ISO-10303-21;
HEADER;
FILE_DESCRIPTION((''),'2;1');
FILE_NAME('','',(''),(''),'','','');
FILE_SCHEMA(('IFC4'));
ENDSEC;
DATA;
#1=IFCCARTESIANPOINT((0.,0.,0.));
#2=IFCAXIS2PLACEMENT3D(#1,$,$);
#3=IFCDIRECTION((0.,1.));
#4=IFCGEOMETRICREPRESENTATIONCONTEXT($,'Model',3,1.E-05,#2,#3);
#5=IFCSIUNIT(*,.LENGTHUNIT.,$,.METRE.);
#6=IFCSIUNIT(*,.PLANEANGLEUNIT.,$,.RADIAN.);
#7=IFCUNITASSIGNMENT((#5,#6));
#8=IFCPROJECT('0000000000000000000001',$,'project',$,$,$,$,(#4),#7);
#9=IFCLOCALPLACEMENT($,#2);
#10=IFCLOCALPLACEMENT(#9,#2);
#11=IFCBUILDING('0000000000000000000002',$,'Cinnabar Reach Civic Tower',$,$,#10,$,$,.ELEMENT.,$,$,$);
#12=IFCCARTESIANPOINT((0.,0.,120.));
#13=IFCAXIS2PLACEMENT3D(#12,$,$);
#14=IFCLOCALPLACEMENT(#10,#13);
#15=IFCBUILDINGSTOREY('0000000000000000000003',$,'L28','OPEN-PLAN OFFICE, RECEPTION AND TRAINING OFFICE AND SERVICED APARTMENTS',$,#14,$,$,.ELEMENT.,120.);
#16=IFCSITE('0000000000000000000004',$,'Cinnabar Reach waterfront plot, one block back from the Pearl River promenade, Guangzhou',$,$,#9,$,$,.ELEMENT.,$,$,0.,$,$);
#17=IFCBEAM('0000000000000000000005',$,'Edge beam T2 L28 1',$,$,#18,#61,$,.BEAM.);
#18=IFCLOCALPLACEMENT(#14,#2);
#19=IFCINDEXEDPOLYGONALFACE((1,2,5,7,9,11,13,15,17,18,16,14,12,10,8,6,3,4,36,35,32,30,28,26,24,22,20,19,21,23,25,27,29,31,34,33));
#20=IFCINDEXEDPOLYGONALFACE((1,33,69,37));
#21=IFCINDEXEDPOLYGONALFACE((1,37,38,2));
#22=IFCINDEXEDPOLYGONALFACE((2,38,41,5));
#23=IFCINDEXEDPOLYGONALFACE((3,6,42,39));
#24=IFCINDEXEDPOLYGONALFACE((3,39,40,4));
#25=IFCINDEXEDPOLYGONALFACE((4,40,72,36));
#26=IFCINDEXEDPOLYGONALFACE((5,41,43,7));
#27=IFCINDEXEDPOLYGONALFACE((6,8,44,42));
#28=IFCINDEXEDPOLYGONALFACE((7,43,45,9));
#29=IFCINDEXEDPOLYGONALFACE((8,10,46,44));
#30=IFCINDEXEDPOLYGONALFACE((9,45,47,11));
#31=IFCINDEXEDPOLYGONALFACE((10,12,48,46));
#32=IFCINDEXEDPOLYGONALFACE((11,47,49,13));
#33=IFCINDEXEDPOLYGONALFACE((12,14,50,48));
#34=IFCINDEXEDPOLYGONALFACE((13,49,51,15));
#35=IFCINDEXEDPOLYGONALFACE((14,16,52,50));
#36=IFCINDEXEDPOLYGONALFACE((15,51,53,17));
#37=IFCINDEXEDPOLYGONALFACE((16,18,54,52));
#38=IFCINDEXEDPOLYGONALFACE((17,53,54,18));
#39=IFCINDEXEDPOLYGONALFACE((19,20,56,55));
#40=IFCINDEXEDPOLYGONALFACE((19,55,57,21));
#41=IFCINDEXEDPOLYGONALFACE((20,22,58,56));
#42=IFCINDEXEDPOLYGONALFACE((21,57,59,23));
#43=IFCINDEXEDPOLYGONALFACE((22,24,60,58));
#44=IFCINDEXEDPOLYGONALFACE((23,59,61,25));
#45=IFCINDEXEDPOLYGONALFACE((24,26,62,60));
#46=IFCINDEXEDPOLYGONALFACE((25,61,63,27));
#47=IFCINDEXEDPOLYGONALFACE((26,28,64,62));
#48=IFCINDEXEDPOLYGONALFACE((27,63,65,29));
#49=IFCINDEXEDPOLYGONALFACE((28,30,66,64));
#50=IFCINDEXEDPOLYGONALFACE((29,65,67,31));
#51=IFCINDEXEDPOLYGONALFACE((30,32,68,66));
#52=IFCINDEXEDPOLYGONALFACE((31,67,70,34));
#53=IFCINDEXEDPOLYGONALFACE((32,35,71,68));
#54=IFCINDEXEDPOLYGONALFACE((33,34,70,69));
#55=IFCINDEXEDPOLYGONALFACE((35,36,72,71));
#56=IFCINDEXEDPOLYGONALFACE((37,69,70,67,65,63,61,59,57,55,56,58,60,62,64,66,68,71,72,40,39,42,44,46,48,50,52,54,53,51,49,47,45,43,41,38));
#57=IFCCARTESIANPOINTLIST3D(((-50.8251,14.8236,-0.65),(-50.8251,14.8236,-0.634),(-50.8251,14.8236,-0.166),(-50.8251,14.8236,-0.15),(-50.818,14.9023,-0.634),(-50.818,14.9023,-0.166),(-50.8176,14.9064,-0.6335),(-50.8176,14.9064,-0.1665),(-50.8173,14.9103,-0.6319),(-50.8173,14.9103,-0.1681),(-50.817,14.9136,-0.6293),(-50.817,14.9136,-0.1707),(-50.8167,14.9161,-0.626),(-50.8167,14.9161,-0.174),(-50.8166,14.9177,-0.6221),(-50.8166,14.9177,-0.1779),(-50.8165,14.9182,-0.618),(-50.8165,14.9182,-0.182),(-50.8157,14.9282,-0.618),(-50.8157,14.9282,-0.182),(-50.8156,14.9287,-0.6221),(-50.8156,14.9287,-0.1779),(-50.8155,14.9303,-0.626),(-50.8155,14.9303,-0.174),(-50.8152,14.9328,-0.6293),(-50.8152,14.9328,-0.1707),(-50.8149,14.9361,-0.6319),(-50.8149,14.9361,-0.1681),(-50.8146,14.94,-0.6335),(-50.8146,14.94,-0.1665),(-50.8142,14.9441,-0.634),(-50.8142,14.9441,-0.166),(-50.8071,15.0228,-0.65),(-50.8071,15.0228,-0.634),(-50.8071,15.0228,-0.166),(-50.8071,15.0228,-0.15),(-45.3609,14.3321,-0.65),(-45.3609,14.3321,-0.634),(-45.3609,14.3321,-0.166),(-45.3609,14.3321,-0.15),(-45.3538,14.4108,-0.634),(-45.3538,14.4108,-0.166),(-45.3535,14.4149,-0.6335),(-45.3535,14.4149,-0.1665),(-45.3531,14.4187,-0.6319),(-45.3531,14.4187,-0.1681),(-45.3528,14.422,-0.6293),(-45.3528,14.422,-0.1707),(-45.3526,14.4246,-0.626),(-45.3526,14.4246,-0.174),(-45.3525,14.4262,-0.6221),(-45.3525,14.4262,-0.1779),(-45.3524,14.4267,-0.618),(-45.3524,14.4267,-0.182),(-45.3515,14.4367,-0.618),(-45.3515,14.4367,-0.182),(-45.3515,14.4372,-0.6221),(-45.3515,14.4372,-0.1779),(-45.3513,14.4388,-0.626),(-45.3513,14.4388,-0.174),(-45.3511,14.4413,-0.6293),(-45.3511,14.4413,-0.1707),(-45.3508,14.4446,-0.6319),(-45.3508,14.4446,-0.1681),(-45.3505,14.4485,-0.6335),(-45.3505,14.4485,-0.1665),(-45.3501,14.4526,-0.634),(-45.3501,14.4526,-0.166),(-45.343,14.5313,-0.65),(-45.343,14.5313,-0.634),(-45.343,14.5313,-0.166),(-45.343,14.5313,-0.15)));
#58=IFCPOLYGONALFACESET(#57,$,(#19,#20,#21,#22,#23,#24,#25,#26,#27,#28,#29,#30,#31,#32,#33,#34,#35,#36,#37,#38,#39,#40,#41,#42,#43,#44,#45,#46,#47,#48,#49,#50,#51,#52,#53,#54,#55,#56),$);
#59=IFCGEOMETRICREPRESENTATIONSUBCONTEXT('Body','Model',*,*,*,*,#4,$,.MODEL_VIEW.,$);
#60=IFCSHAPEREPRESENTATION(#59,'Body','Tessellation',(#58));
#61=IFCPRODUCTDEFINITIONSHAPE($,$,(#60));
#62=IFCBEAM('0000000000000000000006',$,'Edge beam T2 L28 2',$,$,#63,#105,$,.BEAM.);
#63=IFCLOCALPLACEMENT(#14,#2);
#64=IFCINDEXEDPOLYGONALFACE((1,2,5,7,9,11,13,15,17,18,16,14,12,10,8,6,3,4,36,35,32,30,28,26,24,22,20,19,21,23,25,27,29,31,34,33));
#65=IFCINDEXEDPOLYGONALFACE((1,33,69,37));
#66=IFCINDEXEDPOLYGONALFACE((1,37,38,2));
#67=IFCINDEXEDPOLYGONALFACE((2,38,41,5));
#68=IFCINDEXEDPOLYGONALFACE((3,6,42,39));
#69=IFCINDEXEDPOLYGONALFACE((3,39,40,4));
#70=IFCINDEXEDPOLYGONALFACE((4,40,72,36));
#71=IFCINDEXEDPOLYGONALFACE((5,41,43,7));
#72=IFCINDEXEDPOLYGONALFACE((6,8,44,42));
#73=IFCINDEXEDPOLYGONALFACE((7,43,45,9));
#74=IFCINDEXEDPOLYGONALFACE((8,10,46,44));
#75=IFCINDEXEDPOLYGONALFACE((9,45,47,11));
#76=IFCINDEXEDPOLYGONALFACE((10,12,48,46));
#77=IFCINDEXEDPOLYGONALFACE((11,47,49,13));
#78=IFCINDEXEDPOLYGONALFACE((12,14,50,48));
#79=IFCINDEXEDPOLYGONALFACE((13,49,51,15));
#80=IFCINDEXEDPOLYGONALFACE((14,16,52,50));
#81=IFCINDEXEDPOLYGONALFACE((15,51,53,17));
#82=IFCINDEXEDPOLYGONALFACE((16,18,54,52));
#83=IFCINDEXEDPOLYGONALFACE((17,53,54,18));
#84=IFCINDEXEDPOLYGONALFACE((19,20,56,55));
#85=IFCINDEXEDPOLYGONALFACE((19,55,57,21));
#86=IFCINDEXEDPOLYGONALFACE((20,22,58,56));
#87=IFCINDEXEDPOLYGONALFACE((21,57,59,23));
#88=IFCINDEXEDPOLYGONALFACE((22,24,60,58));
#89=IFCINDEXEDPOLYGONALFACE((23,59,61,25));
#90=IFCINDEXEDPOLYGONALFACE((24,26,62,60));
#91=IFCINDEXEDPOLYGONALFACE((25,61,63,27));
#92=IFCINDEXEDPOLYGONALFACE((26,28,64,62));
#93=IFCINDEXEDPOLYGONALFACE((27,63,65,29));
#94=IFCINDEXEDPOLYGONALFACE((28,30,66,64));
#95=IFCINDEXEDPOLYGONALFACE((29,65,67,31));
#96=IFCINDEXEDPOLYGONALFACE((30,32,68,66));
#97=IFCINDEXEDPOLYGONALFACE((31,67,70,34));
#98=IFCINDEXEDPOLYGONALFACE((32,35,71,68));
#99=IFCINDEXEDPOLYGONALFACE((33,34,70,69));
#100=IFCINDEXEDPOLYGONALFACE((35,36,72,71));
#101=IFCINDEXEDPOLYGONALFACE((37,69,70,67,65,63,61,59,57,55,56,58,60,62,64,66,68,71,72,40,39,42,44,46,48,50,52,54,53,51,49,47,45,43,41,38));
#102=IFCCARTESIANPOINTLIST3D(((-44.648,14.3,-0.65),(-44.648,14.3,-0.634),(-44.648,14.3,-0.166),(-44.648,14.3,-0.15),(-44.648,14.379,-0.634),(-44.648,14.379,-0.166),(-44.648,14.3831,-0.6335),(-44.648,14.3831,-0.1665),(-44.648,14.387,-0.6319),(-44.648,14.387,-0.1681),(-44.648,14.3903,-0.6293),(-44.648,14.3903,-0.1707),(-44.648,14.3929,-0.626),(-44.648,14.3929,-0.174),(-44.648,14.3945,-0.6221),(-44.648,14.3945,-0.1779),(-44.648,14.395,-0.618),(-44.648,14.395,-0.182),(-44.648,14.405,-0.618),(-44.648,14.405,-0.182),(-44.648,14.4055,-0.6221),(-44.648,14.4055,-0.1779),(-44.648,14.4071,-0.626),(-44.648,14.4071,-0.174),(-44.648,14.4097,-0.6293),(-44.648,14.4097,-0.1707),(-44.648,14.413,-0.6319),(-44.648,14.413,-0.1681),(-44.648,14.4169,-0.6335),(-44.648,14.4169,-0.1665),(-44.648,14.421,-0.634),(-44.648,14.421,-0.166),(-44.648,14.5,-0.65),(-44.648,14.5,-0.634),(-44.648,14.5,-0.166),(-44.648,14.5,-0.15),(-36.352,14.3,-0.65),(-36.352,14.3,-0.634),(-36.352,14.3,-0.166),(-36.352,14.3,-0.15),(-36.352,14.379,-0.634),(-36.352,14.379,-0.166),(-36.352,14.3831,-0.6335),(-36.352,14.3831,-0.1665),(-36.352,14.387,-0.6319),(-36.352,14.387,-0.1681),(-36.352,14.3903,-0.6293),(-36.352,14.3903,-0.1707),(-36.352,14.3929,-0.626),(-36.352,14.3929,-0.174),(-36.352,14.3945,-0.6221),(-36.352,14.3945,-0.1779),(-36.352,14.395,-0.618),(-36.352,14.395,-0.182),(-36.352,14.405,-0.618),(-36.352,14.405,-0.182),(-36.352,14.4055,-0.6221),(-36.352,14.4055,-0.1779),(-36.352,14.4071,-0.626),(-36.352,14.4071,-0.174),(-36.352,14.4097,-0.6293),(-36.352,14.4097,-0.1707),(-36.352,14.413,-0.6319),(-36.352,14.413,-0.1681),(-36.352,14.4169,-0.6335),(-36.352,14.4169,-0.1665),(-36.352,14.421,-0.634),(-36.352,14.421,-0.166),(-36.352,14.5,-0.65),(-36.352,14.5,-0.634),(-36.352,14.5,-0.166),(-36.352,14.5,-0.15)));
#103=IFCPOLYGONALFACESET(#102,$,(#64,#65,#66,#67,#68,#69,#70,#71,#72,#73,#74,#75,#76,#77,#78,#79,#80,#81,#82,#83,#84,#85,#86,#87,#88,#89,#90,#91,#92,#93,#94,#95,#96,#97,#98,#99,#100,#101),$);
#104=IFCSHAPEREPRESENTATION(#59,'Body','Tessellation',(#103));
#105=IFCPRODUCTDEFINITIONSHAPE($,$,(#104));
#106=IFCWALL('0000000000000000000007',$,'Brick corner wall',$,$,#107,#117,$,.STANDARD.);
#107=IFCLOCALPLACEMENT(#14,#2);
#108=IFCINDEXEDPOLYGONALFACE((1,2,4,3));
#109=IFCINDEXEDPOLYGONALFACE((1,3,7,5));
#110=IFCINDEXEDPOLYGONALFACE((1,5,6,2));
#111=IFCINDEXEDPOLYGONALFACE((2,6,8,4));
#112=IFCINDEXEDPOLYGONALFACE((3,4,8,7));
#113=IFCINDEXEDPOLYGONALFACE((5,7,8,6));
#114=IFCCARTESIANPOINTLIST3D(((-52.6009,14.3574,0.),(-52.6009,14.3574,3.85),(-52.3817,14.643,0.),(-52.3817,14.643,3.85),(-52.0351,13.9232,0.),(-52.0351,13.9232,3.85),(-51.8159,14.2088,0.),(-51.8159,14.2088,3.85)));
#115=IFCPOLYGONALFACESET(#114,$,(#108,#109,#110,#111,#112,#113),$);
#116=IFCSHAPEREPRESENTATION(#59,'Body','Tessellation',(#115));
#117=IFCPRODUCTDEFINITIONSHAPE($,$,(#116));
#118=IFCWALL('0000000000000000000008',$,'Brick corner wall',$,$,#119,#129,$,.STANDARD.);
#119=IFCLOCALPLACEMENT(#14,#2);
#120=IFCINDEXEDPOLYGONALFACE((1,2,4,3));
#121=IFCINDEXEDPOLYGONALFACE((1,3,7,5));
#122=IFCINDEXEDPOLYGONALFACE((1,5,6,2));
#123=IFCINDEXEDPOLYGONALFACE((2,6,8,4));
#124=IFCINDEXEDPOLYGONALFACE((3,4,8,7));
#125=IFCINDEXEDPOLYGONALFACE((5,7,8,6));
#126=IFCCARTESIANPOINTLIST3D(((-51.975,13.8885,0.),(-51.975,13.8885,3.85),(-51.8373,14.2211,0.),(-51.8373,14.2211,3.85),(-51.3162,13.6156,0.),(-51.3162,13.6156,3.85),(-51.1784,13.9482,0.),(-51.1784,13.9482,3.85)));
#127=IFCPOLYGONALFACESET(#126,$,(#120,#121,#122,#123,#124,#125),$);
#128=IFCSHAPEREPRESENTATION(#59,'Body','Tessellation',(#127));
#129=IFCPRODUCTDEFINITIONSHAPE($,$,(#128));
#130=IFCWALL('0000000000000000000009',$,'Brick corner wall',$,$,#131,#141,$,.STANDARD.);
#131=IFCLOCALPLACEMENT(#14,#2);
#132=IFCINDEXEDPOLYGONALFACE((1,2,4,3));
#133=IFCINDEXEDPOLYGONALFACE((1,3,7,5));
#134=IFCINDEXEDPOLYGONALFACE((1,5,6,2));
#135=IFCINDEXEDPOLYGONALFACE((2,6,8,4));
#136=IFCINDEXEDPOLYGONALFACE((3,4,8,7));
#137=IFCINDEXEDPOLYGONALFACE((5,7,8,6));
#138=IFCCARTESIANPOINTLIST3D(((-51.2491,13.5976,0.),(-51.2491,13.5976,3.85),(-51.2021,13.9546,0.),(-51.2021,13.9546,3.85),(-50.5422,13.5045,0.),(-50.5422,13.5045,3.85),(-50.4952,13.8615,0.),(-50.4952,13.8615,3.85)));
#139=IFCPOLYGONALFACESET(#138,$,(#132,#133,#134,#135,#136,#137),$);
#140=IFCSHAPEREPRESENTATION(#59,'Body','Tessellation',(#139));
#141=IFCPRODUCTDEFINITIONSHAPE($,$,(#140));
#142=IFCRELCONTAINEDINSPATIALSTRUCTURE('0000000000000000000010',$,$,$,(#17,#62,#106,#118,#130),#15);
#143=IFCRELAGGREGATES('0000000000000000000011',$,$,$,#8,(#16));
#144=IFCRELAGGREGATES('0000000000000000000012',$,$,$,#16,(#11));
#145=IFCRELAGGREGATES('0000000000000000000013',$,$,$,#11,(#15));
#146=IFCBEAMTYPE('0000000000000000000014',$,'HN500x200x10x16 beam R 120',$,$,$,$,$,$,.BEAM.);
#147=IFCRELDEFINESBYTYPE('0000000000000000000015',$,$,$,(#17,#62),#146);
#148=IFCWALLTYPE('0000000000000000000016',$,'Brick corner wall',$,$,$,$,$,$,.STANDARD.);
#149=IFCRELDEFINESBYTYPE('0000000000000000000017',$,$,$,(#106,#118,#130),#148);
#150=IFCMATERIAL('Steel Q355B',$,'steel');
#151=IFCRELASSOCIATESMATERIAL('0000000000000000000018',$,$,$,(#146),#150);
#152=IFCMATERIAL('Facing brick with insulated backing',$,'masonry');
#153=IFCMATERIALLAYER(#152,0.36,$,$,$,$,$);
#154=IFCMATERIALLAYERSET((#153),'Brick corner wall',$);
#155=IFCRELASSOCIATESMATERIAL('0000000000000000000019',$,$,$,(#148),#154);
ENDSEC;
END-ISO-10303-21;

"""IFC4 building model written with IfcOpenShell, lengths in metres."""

from ifc_helpers import new_model, si_unit, direction, frame, frame_2d, origin, origin_2d, place, context, subcontext, project, spatial, rectangle, i_section, extrude, material, layer, layer_set, material_profile, profile_set, type_object, element, save


model = new_model("IFC4")

# Units and contexts
model_context = context("Model", 3, precision=1e-05, world=origin(), true_north=direction((0.0, 1.0)))
body_context = subcontext(model_context, "Body", "Model", "MODEL_VIEW")
ifc_project = project(units=[si_unit("LENGTHUNIT", "METRE"), si_unit("PLANEANGLEUNIT", "RADIAN")], contexts=[model_context])

# Site, building, storey
site_placement = place(None, origin())
site = spatial("IfcSite", under=ifc_project, at=site_placement, Name="Cinnabar Reach waterfront plot, one block back from the Pearl River promenade, Guangzhou", CompositionType="ELEMENT", RefElevation=0.0)
building_placement = place(site_placement, origin())
building = spatial("IfcBuilding", under=site, at=building_placement, Name="Cinnabar Reach Civic Tower", CompositionType="ELEMENT")
storey_placement = place(building_placement, frame((0.0, 0.0, 120.0)))
storey = spatial("IfcBuildingStorey", under=building, at=storey_placement, Name="L28", Description="OPEN-PLAN OFFICE, RECEPTION AND TRAINING OFFICE AND SERVICED APARTMENTS", CompositionType="ELEMENT", Elevation=120.0)

# Beams
ifc_material_1 = material(Name="Steel Q355B", Category="steel")
ifc_material_profile_1 = material_profile(ifc_material_1, i_section(OverallWidth=0.2, OverallDepth=0.5, WebThickness=0.01, FlangeThickness=0.016, FilletRadius=0.016, at=origin_2d()), Name="HN500x200x10x16")
ifc_profile_set_1 = profile_set([ifc_material_profile_1], Name="Steel Q355B")
beam_type_1 = type_object("IfcBeamType", Name="HN500x200x10x16 beam R 120", PredefinedType="BEAM", material=ifc_profile_set_1)
beam_1_placement = place(storey_placement, frame((-50.8161, 14.9232, -0.4), z_axis=(0.995979, -0.089589, 0.0), x_axis=(0.089589, 0.995979, 0.0)))
element("IfcBeam", 1, at=beam_1_placement, inside=storey, type_object=beam_type_1, Name="Edge beam T2 L28 1", PredefinedType="BEAM", context=body_context, shape_type="SweptSolid", body=[
    extrude(i_section(OverallWidth=0.2, OverallDepth=0.5, WebThickness=0.01, FlangeThickness=0.016, FilletRadius=0.016, at=origin_2d()), origin(), (0.0, 0.0, 1.0), 5.4862),
])
beam_2_placement = place(storey_placement, frame((-44.648, 14.4, -0.4), z_axis=(1.0, 0.0, 0.0), x_axis=(0.0, 1.0, 0.0)))
element("IfcBeam", 2, at=beam_2_placement, inside=storey, type_object=beam_type_1, Name="Edge beam T2 L28 2", PredefinedType="BEAM", context=body_context, shape_type="SweptSolid", body=[
    extrude(i_section(OverallWidth=0.2, OverallDepth=0.5, WebThickness=0.01, FlangeThickness=0.016, FilletRadius=0.016, at=origin_2d()), origin(), (0.0, 0.0, 1.0), 8.296),
])

# Walls
ifc_material_2 = material(Name="Facing brick with insulated backing", Category="masonry")
ifc_layer_1 = layer(ifc_material_2, 0.36)
ifc_layer_set_1 = layer_set([ifc_layer_1], Name="Brick corner wall")
wall_type_1 = type_object("IfcWallType", Name="Brick corner wall", PredefinedType="STANDARD", material=ifc_layer_set_1)
wall_1_placement = place(storey_placement, frame((-52.4913, 14.5002, 0.0), z_axis=(0.0, 0.0, 1.0), x_axis=(0.793322, -0.608802, 0.0)))
element("IfcWall", 3, at=wall_1_placement, inside=storey, type_object=wall_type_1, Name="Brick corner wall", PredefinedType="STANDARD", context=body_context, shape_type="SweptSolid", body=[
    extrude(rectangle(XDim=0.7132, YDim=0.36, at=frame_2d((0.3566, 0.0))), origin(), (0.0, 0.0, 1.0), 3.85),
])
for number, where, z_axis, x_axis, name in (
    (4, (-51.9061, 14.0548, 0.0), (0.0, 0.0, 1.0), (0.923872, -0.382703, 0.0), "Brick corner wall"),
    (5, (-51.2256, 13.7761, 0.0), (0.0, 0.0, 1.0), (0.991441, -0.130556, 0.0), "Brick corner wall"),
):
    element("IfcWall", number, at=place(storey_placement, frame(where, z_axis=z_axis, x_axis=x_axis)), inside=storey, type_object=wall_type_1, Name=name, PredefinedType="STANDARD", context=body_context, shape_type="SweptSolid", body=[
        extrude(rectangle(XDim=0.7131, YDim=0.36, at=frame_2d((0.3565, 0.0))), origin(), (0.0, 0.0, 1.0), 3.85),
    ])

save(model, "model.ifc")
